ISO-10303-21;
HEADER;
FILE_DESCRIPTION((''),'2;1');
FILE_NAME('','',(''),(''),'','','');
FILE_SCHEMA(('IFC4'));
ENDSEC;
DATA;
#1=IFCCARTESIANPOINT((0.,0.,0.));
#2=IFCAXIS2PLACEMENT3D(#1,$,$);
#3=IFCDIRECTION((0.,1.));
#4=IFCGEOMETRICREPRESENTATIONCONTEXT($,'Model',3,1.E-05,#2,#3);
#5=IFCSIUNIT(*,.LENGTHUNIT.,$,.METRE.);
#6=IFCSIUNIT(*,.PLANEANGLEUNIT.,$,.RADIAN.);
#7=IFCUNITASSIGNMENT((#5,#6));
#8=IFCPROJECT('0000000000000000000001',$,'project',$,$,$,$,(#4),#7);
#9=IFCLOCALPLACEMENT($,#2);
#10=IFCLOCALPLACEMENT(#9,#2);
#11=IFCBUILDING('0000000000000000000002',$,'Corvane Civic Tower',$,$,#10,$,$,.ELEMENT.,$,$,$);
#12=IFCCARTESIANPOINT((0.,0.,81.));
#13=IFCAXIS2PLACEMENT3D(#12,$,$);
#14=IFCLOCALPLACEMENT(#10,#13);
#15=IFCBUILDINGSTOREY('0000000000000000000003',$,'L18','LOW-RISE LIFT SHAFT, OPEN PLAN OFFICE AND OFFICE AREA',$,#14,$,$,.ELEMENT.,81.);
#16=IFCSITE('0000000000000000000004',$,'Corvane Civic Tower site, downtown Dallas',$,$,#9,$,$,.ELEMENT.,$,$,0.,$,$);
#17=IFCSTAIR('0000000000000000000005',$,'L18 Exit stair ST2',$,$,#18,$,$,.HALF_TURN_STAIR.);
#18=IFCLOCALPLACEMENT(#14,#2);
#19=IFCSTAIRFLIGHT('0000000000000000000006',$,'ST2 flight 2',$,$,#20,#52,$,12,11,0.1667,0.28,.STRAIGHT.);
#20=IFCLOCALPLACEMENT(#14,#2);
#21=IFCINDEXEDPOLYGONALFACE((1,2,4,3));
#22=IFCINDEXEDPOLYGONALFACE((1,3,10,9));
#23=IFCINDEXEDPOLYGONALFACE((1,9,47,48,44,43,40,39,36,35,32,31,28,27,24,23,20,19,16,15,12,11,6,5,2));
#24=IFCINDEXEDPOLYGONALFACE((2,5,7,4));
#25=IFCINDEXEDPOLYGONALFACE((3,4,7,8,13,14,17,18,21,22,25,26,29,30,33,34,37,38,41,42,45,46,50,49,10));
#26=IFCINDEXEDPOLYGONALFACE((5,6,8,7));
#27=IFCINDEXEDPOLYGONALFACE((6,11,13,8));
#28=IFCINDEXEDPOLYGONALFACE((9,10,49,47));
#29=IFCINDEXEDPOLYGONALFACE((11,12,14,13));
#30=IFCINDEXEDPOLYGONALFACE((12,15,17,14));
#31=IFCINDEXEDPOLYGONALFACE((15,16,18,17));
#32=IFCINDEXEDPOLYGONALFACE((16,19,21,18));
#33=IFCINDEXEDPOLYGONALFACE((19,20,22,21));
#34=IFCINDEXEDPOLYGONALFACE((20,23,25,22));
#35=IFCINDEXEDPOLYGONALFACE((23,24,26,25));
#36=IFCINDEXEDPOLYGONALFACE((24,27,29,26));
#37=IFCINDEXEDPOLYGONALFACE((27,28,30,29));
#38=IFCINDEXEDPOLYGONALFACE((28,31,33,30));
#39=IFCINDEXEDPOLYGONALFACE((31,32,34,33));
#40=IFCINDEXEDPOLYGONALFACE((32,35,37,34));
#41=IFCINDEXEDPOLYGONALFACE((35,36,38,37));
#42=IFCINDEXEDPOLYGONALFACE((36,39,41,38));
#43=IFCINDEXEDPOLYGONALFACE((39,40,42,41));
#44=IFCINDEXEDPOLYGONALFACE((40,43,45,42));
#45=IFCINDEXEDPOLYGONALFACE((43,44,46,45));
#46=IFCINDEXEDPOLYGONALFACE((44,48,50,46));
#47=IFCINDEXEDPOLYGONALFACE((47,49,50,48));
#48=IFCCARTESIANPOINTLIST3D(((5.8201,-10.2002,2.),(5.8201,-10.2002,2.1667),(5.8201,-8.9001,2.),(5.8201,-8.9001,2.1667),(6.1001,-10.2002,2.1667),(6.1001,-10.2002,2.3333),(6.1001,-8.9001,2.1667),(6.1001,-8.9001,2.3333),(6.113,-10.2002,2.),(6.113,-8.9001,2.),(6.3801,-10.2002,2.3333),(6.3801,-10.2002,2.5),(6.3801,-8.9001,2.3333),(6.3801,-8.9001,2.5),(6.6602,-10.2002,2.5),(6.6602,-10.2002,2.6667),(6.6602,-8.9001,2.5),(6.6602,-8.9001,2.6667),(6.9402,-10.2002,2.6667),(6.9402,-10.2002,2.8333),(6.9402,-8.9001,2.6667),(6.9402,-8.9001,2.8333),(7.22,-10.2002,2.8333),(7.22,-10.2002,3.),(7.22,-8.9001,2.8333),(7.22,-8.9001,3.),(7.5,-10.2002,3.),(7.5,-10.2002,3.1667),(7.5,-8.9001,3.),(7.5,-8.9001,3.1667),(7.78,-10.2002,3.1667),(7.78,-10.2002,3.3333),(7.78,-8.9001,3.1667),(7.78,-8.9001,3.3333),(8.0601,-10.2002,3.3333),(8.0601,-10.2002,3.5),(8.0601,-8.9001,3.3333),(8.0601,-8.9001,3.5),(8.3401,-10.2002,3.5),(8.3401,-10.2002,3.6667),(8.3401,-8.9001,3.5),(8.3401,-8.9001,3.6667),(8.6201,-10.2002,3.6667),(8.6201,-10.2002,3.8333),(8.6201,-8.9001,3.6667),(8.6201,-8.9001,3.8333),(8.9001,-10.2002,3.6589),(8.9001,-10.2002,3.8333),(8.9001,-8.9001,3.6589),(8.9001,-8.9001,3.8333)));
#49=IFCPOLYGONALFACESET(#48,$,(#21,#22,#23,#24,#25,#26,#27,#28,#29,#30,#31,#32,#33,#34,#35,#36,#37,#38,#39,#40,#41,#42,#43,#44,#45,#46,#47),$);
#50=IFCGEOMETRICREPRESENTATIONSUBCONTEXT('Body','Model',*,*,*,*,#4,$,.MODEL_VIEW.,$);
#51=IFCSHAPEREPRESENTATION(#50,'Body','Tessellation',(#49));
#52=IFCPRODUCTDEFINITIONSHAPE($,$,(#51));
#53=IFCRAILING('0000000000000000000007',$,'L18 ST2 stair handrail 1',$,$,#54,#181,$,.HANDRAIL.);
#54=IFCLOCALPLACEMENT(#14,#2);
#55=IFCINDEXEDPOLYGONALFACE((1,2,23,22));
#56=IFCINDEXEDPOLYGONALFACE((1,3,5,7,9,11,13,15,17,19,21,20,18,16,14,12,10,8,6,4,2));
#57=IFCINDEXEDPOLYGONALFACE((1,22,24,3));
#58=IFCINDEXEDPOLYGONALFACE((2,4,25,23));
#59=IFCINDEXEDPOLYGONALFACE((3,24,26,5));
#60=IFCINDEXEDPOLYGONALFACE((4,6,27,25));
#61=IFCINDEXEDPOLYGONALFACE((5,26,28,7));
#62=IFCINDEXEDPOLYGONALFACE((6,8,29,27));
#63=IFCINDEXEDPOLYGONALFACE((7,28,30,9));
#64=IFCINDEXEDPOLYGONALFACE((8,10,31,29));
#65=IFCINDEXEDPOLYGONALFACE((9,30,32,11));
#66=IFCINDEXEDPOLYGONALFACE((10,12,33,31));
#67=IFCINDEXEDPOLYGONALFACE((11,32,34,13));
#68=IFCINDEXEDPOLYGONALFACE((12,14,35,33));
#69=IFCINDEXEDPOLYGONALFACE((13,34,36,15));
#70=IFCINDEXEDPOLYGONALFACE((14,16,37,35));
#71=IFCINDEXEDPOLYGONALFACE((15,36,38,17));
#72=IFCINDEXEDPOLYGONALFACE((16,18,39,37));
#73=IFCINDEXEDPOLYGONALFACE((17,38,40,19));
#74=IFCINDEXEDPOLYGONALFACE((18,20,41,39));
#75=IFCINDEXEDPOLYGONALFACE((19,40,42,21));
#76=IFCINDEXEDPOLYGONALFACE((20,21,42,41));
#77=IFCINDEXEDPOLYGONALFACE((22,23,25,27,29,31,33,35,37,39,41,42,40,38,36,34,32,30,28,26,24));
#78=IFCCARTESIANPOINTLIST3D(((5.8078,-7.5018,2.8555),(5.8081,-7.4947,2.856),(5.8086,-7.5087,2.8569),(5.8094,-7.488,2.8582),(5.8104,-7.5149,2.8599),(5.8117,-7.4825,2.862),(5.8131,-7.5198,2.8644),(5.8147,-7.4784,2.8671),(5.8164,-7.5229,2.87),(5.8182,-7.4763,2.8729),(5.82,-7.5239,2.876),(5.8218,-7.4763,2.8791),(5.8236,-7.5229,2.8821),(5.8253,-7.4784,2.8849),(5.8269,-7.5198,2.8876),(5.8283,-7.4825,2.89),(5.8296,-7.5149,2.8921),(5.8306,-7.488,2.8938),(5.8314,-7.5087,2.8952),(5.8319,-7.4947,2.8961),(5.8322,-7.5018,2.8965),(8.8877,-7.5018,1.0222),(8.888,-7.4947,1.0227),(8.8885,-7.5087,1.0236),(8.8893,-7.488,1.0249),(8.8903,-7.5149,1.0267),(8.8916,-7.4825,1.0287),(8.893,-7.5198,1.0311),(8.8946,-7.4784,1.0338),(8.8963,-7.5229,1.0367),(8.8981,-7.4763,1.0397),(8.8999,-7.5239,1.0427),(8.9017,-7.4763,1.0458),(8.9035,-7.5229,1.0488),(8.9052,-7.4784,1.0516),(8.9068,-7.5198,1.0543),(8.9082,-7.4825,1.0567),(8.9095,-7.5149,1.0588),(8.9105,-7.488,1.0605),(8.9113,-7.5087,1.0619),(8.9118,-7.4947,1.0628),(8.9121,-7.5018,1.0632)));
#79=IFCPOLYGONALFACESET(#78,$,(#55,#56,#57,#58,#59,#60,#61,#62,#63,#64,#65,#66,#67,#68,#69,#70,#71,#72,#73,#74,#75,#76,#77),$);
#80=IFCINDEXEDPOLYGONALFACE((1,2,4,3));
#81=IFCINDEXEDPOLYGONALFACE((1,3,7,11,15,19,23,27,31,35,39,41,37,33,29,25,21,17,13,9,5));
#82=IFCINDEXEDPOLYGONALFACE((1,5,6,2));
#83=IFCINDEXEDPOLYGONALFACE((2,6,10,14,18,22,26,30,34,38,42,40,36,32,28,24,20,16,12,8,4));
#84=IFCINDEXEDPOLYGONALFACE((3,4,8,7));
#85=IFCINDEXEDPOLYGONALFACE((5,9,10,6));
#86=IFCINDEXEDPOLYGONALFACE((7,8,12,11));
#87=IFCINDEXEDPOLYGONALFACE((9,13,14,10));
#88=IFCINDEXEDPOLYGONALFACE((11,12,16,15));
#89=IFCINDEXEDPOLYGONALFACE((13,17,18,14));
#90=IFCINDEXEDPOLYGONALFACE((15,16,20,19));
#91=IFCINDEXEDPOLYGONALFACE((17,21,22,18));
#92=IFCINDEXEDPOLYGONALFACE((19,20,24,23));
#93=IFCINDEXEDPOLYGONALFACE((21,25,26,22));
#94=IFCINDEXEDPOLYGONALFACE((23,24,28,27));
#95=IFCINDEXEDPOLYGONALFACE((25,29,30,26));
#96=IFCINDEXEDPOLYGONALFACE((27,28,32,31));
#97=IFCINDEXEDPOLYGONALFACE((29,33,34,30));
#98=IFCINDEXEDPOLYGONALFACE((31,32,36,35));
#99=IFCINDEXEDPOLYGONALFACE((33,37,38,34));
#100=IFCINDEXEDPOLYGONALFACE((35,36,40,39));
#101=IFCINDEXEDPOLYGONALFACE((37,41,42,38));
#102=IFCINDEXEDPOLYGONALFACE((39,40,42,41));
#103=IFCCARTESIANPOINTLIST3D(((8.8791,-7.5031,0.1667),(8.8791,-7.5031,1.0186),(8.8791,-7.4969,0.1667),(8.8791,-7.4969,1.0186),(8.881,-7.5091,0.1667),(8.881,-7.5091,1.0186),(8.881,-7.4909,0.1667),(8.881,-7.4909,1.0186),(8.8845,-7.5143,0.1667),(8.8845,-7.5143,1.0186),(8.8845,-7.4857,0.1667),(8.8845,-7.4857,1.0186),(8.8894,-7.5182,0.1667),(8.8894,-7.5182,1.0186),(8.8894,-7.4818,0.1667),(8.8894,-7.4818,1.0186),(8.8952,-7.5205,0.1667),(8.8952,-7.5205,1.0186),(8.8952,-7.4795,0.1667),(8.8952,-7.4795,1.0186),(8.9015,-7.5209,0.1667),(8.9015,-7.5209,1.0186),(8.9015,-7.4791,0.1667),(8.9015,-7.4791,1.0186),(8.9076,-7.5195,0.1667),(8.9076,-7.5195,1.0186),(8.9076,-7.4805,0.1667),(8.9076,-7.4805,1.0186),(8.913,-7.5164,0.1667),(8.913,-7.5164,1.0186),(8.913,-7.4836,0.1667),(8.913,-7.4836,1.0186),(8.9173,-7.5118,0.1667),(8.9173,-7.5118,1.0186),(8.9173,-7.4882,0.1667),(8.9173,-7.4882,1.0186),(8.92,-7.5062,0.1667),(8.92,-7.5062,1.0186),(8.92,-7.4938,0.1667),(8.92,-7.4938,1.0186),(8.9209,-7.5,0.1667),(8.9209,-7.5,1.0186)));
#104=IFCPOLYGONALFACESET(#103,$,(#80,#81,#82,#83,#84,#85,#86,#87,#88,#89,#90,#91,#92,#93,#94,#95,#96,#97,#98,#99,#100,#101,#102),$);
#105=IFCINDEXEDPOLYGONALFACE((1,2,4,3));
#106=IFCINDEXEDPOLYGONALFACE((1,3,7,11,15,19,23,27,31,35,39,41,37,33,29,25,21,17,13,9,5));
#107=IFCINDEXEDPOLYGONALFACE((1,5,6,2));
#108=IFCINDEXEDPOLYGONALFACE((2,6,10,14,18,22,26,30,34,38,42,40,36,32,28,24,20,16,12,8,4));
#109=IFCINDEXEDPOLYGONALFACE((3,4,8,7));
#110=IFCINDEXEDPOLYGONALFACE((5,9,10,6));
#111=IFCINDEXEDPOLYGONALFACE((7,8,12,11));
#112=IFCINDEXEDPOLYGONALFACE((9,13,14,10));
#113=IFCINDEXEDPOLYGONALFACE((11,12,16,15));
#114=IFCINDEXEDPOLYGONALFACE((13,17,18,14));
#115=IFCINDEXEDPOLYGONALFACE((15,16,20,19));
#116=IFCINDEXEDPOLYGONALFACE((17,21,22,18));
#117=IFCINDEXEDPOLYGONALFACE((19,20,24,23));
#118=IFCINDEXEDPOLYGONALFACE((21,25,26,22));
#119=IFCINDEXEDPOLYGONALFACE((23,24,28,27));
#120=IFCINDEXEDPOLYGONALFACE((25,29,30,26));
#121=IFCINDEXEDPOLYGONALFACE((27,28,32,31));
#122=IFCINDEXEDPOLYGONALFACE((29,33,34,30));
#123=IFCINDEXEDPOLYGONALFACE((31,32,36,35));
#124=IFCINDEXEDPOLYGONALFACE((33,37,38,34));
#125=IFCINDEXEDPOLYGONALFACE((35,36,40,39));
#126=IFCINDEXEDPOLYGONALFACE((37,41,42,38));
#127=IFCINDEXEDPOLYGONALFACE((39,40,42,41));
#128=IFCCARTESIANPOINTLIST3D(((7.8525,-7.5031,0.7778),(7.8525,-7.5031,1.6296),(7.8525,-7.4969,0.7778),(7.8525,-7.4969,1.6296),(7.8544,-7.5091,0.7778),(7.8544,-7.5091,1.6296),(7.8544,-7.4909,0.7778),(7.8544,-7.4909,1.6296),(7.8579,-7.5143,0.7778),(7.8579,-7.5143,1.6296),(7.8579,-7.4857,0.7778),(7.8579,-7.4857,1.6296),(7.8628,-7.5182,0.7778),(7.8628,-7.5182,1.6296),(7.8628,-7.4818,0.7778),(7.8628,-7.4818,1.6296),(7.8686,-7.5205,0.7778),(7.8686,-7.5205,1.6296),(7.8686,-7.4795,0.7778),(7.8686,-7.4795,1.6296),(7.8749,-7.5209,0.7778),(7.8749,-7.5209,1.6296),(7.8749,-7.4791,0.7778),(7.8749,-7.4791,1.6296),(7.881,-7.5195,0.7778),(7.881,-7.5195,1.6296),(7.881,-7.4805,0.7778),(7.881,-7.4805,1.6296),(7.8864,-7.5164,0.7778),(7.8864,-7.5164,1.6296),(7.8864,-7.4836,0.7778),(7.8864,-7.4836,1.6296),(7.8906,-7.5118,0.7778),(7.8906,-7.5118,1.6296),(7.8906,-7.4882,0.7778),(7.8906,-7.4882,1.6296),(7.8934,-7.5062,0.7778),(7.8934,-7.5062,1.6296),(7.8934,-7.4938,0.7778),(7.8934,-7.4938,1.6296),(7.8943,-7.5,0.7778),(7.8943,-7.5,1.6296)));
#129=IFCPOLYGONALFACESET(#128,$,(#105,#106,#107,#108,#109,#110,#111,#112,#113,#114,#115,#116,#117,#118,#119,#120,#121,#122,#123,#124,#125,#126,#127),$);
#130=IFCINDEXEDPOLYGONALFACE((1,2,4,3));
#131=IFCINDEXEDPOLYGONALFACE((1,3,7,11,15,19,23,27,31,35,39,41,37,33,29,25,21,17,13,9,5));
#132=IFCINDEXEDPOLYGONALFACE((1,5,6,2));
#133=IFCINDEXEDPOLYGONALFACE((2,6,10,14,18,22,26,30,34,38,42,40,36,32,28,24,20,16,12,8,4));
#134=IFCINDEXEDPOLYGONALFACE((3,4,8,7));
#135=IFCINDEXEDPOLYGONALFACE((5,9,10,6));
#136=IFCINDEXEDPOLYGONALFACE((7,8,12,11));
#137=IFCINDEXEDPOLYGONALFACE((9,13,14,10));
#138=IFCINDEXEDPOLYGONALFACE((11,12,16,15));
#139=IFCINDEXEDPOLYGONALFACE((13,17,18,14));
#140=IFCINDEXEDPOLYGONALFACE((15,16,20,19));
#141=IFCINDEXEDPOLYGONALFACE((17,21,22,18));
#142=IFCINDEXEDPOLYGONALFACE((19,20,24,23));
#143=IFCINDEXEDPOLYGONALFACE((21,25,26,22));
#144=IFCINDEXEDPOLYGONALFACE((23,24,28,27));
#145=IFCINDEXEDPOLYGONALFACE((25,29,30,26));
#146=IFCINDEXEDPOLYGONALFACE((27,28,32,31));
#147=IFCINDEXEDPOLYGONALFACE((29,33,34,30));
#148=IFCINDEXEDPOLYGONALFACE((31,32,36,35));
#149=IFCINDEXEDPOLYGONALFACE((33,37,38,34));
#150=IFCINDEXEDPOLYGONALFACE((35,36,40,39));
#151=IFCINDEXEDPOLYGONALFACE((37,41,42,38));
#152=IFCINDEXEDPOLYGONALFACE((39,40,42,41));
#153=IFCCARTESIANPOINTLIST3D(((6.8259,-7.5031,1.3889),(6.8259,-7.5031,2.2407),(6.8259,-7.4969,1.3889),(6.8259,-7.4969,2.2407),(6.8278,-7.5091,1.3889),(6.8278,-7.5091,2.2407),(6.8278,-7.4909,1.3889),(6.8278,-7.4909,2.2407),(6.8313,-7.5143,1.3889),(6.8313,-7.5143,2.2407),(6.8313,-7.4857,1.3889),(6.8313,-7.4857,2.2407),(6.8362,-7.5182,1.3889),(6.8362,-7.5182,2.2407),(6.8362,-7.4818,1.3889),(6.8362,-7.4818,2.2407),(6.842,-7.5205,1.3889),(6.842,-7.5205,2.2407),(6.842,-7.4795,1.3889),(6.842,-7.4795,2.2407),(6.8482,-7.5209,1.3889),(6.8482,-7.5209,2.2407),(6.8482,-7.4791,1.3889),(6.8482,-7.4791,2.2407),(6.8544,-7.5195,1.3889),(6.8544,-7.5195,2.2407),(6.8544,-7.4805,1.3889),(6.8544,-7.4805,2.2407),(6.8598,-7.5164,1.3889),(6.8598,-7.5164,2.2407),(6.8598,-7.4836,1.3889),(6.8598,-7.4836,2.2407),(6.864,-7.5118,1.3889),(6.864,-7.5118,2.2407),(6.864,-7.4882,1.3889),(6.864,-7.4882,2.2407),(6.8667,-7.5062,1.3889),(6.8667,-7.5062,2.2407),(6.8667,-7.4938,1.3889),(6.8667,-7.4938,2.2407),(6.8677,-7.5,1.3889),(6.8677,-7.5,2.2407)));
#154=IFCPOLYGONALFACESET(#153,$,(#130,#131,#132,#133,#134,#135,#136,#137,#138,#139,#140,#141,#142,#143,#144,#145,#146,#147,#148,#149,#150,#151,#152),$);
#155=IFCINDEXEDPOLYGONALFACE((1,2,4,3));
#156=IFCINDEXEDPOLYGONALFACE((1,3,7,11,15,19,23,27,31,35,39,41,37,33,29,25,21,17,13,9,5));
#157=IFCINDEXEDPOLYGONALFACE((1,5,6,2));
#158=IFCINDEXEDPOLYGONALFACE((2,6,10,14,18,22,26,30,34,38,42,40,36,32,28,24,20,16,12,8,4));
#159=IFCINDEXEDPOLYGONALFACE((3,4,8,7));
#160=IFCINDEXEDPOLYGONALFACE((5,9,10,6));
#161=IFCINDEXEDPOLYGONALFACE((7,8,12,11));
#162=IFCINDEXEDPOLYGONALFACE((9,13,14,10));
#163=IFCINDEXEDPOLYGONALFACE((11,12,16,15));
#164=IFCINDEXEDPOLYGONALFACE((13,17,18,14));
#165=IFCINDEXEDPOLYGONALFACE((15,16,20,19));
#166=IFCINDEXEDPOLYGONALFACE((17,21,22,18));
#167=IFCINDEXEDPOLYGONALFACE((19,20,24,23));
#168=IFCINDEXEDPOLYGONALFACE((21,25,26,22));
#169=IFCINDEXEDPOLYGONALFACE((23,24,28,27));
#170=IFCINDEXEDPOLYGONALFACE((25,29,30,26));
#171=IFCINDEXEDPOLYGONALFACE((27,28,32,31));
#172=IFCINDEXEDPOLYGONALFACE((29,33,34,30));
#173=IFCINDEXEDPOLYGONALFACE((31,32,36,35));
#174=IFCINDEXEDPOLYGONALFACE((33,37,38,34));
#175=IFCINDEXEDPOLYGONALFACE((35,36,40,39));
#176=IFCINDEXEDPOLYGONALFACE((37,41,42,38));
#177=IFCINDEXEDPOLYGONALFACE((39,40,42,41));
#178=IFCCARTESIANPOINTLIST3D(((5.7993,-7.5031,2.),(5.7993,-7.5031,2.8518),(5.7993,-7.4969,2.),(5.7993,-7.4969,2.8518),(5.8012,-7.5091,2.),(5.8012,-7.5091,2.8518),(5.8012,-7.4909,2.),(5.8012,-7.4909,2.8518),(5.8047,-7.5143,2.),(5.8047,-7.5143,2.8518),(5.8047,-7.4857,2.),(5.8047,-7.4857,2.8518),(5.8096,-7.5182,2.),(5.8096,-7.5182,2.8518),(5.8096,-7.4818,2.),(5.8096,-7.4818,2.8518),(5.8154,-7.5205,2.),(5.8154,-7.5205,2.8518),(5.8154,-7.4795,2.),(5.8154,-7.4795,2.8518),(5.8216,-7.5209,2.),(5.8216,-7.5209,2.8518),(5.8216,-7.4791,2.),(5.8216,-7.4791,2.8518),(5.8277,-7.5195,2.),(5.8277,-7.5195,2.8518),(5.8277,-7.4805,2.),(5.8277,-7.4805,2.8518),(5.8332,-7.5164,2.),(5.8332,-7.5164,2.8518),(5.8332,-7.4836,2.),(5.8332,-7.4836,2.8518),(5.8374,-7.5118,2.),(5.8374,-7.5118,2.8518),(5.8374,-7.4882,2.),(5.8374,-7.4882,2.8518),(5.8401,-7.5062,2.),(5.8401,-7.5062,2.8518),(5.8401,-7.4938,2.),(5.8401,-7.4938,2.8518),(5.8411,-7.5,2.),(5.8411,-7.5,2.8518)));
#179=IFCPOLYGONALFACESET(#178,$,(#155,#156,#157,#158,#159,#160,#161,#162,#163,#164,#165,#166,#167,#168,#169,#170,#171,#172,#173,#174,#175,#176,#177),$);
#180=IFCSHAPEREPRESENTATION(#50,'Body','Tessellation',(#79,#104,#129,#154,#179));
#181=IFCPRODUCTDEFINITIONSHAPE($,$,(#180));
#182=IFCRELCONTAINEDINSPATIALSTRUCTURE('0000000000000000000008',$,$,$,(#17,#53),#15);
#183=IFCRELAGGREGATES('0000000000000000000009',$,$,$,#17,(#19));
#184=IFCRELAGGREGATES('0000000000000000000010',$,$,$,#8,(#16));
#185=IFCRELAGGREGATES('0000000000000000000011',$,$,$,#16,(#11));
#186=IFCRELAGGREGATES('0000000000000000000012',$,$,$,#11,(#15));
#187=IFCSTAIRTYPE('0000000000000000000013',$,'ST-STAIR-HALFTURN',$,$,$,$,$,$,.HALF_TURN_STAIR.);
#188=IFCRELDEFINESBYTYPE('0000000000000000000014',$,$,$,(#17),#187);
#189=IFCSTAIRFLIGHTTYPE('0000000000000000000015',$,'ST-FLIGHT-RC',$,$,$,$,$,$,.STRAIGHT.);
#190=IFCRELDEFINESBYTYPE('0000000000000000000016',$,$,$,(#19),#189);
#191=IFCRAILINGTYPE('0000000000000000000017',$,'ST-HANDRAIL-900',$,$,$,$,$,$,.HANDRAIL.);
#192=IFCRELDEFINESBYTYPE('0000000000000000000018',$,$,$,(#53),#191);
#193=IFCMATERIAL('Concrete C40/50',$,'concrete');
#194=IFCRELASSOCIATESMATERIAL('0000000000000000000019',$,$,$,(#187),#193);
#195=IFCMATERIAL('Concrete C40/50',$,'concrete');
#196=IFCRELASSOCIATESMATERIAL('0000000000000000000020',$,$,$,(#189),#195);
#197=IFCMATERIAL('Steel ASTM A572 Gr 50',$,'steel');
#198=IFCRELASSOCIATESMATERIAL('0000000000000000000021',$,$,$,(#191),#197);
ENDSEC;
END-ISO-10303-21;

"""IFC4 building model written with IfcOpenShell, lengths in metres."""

from ifc_helpers import new_model, si_unit, direction, frame, origin, origin_2d, place, context, subcontext, project, spatial, polyline, circle, outline, extrude, material, type_object, element, aggregate, save


model = new_model("IFC4")

# Units and contexts
model_context = context("Model", 3, precision=1e-05, world=origin(), true_north=direction((0.0, 1.0)))
body_context = subcontext(model_context, "Body", "Model", "MODEL_VIEW")
ifc_project = project(units=[si_unit("LENGTHUNIT", "METRE"), si_unit("PLANEANGLEUNIT", "RADIAN")], contexts=[model_context])

# Site, building, storey
site_placement = place(None, origin())
site = spatial("IfcSite", under=ifc_project, at=site_placement, Name="Corvane Civic Tower site, downtown Dallas", CompositionType="ELEMENT", RefElevation=0.0)
building_placement = place(site_placement, origin())
building = spatial("IfcBuilding", under=site, at=building_placement, Name="Corvane Civic Tower", CompositionType="ELEMENT")
storey_placement = place(building_placement, frame((0.0, 0.0, 81.0)))
storey = spatial("IfcBuildingStorey", under=building, at=storey_placement, Name="L18", Description="LOW-RISE LIFT SHAFT, OPEN PLAN OFFICE AND OFFICE AREA", CompositionType="ELEMENT", Elevation=81.0)

# Stair
ifc_material_1 = material(Name="Concrete C40/50", Category="concrete")
stair_type = type_object("IfcStairType", Name="ST-STAIR-HALFTURN", PredefinedType="HALF_TURN_STAIR", material=ifc_material_1)
stair_1_placement = place(storey_placement, origin())
stair_1 = element("IfcStair", 1, at=stair_1_placement, inside=storey, type_object=stair_type, Name="L18 Exit stair ST2", PredefinedType="HALF_TURN_STAIR")

# Stair flight
ifc_material_2 = material(Name="Concrete C40/50", Category="concrete")
stair_flight_type = type_object("IfcStairFlightType", Name="ST-FLIGHT-RC", PredefinedType="STRAIGHT", material=ifc_material_2)
stair_flight_1_placement = place(storey_placement, frame((5.8201, -9.55, 2.0), z_axis=(0.0, 0.0, 1.0), x_axis=(1.0, 0.0, 0.0)))
stair_flight_1 = element("IfcStairFlight", 2, at=stair_flight_1_placement, type_object=stair_flight_type, Name="ST2 flight 2", NumberOfRisers=12, NumberOfTreads=11, PredefinedType="STRAIGHT", RiserHeight=0.1667, TreadLength=0.28, context=body_context, shape_type="SweptSolid", body=[
    extrude(outline(polyline([(0.0, 0.0), (0.0, 0.1667), (0.28, 0.1667), (0.28, 0.3333), (0.5601, 0.3333), (0.5601, 0.5), (0.8401, 0.5), (0.8401, 0.6667), (1.1201, 0.6667), (1.1201, 0.8333), (1.3999, 0.8333), (1.3999, 1.0), (1.6799, 1.0), (1.6799, 1.1667), (1.96, 1.1667), (1.96, 1.3333), (2.24, 1.3333), (2.24, 1.5), (2.52, 1.5), (2.52, 1.6667), (2.8, 1.6667), (2.8, 1.8333), (3.0801, 1.8333), (3.0801, 2.0), (3.0801, 1.6589), (0.293, 0.0), (0.0, 0.0)])), frame((0.0, 0.6499, 0.0), z_axis=(0.0, -1.0, 0.0), x_axis=(1.0, 0.0, 0.0)), (0.0, 0.0, 1.0), 1.3),
])
aggregate(stair_1, [stair_flight_1])

# Railing
ifc_material_3 = material(Name="Steel ASTM A572 Gr 50", Category="steel")
railing_type_1 = type_object("IfcRailingType", Name="ST-HANDRAIL-900", PredefinedType="HANDRAIL", material=ifc_material_3)
railing_1_placement = place(storey_placement, frame((8.8999, -7.5, 0.1667)))
element("IfcRailing", 3, at=railing_1_placement, inside=storey, type_object=railing_type_1, Name="L18 ST2 stair handrail 1", PredefinedType="HANDRAIL", context=body_context, shape_type="SweptSolid", body=[
    extrude(circle(Radius=0.0239, at=origin_2d()), frame((0.0, 0.0, 0.876), z_axis=(-0.859291, 0.0, 0.511487), x_axis=(0.0, -1.0, 0.0)), (0.0, 0.0, 1.0), 3.5842),
    extrude(circle(Radius=0.021, at=origin_2d()), origin(), (0.0, 0.0, 1.0), 0.8518),
    extrude(circle(Radius=0.021, at=origin_2d()), frame((-1.0266, 0.0, 0.6111)), (0.0, 0.0, 1.0), 0.8518),
    extrude(circle(Radius=0.021, at=origin_2d()), frame((-2.0532, 0.0, 1.2222)), (0.0, 0.0, 1.0), 0.8518),
    extrude(circle(Radius=0.021, at=origin_2d()), frame((-3.0798, 0.0, 1.8333)), (0.0, 0.0, 1.0), 0.8518),
])

save(model, "model.ifc")
